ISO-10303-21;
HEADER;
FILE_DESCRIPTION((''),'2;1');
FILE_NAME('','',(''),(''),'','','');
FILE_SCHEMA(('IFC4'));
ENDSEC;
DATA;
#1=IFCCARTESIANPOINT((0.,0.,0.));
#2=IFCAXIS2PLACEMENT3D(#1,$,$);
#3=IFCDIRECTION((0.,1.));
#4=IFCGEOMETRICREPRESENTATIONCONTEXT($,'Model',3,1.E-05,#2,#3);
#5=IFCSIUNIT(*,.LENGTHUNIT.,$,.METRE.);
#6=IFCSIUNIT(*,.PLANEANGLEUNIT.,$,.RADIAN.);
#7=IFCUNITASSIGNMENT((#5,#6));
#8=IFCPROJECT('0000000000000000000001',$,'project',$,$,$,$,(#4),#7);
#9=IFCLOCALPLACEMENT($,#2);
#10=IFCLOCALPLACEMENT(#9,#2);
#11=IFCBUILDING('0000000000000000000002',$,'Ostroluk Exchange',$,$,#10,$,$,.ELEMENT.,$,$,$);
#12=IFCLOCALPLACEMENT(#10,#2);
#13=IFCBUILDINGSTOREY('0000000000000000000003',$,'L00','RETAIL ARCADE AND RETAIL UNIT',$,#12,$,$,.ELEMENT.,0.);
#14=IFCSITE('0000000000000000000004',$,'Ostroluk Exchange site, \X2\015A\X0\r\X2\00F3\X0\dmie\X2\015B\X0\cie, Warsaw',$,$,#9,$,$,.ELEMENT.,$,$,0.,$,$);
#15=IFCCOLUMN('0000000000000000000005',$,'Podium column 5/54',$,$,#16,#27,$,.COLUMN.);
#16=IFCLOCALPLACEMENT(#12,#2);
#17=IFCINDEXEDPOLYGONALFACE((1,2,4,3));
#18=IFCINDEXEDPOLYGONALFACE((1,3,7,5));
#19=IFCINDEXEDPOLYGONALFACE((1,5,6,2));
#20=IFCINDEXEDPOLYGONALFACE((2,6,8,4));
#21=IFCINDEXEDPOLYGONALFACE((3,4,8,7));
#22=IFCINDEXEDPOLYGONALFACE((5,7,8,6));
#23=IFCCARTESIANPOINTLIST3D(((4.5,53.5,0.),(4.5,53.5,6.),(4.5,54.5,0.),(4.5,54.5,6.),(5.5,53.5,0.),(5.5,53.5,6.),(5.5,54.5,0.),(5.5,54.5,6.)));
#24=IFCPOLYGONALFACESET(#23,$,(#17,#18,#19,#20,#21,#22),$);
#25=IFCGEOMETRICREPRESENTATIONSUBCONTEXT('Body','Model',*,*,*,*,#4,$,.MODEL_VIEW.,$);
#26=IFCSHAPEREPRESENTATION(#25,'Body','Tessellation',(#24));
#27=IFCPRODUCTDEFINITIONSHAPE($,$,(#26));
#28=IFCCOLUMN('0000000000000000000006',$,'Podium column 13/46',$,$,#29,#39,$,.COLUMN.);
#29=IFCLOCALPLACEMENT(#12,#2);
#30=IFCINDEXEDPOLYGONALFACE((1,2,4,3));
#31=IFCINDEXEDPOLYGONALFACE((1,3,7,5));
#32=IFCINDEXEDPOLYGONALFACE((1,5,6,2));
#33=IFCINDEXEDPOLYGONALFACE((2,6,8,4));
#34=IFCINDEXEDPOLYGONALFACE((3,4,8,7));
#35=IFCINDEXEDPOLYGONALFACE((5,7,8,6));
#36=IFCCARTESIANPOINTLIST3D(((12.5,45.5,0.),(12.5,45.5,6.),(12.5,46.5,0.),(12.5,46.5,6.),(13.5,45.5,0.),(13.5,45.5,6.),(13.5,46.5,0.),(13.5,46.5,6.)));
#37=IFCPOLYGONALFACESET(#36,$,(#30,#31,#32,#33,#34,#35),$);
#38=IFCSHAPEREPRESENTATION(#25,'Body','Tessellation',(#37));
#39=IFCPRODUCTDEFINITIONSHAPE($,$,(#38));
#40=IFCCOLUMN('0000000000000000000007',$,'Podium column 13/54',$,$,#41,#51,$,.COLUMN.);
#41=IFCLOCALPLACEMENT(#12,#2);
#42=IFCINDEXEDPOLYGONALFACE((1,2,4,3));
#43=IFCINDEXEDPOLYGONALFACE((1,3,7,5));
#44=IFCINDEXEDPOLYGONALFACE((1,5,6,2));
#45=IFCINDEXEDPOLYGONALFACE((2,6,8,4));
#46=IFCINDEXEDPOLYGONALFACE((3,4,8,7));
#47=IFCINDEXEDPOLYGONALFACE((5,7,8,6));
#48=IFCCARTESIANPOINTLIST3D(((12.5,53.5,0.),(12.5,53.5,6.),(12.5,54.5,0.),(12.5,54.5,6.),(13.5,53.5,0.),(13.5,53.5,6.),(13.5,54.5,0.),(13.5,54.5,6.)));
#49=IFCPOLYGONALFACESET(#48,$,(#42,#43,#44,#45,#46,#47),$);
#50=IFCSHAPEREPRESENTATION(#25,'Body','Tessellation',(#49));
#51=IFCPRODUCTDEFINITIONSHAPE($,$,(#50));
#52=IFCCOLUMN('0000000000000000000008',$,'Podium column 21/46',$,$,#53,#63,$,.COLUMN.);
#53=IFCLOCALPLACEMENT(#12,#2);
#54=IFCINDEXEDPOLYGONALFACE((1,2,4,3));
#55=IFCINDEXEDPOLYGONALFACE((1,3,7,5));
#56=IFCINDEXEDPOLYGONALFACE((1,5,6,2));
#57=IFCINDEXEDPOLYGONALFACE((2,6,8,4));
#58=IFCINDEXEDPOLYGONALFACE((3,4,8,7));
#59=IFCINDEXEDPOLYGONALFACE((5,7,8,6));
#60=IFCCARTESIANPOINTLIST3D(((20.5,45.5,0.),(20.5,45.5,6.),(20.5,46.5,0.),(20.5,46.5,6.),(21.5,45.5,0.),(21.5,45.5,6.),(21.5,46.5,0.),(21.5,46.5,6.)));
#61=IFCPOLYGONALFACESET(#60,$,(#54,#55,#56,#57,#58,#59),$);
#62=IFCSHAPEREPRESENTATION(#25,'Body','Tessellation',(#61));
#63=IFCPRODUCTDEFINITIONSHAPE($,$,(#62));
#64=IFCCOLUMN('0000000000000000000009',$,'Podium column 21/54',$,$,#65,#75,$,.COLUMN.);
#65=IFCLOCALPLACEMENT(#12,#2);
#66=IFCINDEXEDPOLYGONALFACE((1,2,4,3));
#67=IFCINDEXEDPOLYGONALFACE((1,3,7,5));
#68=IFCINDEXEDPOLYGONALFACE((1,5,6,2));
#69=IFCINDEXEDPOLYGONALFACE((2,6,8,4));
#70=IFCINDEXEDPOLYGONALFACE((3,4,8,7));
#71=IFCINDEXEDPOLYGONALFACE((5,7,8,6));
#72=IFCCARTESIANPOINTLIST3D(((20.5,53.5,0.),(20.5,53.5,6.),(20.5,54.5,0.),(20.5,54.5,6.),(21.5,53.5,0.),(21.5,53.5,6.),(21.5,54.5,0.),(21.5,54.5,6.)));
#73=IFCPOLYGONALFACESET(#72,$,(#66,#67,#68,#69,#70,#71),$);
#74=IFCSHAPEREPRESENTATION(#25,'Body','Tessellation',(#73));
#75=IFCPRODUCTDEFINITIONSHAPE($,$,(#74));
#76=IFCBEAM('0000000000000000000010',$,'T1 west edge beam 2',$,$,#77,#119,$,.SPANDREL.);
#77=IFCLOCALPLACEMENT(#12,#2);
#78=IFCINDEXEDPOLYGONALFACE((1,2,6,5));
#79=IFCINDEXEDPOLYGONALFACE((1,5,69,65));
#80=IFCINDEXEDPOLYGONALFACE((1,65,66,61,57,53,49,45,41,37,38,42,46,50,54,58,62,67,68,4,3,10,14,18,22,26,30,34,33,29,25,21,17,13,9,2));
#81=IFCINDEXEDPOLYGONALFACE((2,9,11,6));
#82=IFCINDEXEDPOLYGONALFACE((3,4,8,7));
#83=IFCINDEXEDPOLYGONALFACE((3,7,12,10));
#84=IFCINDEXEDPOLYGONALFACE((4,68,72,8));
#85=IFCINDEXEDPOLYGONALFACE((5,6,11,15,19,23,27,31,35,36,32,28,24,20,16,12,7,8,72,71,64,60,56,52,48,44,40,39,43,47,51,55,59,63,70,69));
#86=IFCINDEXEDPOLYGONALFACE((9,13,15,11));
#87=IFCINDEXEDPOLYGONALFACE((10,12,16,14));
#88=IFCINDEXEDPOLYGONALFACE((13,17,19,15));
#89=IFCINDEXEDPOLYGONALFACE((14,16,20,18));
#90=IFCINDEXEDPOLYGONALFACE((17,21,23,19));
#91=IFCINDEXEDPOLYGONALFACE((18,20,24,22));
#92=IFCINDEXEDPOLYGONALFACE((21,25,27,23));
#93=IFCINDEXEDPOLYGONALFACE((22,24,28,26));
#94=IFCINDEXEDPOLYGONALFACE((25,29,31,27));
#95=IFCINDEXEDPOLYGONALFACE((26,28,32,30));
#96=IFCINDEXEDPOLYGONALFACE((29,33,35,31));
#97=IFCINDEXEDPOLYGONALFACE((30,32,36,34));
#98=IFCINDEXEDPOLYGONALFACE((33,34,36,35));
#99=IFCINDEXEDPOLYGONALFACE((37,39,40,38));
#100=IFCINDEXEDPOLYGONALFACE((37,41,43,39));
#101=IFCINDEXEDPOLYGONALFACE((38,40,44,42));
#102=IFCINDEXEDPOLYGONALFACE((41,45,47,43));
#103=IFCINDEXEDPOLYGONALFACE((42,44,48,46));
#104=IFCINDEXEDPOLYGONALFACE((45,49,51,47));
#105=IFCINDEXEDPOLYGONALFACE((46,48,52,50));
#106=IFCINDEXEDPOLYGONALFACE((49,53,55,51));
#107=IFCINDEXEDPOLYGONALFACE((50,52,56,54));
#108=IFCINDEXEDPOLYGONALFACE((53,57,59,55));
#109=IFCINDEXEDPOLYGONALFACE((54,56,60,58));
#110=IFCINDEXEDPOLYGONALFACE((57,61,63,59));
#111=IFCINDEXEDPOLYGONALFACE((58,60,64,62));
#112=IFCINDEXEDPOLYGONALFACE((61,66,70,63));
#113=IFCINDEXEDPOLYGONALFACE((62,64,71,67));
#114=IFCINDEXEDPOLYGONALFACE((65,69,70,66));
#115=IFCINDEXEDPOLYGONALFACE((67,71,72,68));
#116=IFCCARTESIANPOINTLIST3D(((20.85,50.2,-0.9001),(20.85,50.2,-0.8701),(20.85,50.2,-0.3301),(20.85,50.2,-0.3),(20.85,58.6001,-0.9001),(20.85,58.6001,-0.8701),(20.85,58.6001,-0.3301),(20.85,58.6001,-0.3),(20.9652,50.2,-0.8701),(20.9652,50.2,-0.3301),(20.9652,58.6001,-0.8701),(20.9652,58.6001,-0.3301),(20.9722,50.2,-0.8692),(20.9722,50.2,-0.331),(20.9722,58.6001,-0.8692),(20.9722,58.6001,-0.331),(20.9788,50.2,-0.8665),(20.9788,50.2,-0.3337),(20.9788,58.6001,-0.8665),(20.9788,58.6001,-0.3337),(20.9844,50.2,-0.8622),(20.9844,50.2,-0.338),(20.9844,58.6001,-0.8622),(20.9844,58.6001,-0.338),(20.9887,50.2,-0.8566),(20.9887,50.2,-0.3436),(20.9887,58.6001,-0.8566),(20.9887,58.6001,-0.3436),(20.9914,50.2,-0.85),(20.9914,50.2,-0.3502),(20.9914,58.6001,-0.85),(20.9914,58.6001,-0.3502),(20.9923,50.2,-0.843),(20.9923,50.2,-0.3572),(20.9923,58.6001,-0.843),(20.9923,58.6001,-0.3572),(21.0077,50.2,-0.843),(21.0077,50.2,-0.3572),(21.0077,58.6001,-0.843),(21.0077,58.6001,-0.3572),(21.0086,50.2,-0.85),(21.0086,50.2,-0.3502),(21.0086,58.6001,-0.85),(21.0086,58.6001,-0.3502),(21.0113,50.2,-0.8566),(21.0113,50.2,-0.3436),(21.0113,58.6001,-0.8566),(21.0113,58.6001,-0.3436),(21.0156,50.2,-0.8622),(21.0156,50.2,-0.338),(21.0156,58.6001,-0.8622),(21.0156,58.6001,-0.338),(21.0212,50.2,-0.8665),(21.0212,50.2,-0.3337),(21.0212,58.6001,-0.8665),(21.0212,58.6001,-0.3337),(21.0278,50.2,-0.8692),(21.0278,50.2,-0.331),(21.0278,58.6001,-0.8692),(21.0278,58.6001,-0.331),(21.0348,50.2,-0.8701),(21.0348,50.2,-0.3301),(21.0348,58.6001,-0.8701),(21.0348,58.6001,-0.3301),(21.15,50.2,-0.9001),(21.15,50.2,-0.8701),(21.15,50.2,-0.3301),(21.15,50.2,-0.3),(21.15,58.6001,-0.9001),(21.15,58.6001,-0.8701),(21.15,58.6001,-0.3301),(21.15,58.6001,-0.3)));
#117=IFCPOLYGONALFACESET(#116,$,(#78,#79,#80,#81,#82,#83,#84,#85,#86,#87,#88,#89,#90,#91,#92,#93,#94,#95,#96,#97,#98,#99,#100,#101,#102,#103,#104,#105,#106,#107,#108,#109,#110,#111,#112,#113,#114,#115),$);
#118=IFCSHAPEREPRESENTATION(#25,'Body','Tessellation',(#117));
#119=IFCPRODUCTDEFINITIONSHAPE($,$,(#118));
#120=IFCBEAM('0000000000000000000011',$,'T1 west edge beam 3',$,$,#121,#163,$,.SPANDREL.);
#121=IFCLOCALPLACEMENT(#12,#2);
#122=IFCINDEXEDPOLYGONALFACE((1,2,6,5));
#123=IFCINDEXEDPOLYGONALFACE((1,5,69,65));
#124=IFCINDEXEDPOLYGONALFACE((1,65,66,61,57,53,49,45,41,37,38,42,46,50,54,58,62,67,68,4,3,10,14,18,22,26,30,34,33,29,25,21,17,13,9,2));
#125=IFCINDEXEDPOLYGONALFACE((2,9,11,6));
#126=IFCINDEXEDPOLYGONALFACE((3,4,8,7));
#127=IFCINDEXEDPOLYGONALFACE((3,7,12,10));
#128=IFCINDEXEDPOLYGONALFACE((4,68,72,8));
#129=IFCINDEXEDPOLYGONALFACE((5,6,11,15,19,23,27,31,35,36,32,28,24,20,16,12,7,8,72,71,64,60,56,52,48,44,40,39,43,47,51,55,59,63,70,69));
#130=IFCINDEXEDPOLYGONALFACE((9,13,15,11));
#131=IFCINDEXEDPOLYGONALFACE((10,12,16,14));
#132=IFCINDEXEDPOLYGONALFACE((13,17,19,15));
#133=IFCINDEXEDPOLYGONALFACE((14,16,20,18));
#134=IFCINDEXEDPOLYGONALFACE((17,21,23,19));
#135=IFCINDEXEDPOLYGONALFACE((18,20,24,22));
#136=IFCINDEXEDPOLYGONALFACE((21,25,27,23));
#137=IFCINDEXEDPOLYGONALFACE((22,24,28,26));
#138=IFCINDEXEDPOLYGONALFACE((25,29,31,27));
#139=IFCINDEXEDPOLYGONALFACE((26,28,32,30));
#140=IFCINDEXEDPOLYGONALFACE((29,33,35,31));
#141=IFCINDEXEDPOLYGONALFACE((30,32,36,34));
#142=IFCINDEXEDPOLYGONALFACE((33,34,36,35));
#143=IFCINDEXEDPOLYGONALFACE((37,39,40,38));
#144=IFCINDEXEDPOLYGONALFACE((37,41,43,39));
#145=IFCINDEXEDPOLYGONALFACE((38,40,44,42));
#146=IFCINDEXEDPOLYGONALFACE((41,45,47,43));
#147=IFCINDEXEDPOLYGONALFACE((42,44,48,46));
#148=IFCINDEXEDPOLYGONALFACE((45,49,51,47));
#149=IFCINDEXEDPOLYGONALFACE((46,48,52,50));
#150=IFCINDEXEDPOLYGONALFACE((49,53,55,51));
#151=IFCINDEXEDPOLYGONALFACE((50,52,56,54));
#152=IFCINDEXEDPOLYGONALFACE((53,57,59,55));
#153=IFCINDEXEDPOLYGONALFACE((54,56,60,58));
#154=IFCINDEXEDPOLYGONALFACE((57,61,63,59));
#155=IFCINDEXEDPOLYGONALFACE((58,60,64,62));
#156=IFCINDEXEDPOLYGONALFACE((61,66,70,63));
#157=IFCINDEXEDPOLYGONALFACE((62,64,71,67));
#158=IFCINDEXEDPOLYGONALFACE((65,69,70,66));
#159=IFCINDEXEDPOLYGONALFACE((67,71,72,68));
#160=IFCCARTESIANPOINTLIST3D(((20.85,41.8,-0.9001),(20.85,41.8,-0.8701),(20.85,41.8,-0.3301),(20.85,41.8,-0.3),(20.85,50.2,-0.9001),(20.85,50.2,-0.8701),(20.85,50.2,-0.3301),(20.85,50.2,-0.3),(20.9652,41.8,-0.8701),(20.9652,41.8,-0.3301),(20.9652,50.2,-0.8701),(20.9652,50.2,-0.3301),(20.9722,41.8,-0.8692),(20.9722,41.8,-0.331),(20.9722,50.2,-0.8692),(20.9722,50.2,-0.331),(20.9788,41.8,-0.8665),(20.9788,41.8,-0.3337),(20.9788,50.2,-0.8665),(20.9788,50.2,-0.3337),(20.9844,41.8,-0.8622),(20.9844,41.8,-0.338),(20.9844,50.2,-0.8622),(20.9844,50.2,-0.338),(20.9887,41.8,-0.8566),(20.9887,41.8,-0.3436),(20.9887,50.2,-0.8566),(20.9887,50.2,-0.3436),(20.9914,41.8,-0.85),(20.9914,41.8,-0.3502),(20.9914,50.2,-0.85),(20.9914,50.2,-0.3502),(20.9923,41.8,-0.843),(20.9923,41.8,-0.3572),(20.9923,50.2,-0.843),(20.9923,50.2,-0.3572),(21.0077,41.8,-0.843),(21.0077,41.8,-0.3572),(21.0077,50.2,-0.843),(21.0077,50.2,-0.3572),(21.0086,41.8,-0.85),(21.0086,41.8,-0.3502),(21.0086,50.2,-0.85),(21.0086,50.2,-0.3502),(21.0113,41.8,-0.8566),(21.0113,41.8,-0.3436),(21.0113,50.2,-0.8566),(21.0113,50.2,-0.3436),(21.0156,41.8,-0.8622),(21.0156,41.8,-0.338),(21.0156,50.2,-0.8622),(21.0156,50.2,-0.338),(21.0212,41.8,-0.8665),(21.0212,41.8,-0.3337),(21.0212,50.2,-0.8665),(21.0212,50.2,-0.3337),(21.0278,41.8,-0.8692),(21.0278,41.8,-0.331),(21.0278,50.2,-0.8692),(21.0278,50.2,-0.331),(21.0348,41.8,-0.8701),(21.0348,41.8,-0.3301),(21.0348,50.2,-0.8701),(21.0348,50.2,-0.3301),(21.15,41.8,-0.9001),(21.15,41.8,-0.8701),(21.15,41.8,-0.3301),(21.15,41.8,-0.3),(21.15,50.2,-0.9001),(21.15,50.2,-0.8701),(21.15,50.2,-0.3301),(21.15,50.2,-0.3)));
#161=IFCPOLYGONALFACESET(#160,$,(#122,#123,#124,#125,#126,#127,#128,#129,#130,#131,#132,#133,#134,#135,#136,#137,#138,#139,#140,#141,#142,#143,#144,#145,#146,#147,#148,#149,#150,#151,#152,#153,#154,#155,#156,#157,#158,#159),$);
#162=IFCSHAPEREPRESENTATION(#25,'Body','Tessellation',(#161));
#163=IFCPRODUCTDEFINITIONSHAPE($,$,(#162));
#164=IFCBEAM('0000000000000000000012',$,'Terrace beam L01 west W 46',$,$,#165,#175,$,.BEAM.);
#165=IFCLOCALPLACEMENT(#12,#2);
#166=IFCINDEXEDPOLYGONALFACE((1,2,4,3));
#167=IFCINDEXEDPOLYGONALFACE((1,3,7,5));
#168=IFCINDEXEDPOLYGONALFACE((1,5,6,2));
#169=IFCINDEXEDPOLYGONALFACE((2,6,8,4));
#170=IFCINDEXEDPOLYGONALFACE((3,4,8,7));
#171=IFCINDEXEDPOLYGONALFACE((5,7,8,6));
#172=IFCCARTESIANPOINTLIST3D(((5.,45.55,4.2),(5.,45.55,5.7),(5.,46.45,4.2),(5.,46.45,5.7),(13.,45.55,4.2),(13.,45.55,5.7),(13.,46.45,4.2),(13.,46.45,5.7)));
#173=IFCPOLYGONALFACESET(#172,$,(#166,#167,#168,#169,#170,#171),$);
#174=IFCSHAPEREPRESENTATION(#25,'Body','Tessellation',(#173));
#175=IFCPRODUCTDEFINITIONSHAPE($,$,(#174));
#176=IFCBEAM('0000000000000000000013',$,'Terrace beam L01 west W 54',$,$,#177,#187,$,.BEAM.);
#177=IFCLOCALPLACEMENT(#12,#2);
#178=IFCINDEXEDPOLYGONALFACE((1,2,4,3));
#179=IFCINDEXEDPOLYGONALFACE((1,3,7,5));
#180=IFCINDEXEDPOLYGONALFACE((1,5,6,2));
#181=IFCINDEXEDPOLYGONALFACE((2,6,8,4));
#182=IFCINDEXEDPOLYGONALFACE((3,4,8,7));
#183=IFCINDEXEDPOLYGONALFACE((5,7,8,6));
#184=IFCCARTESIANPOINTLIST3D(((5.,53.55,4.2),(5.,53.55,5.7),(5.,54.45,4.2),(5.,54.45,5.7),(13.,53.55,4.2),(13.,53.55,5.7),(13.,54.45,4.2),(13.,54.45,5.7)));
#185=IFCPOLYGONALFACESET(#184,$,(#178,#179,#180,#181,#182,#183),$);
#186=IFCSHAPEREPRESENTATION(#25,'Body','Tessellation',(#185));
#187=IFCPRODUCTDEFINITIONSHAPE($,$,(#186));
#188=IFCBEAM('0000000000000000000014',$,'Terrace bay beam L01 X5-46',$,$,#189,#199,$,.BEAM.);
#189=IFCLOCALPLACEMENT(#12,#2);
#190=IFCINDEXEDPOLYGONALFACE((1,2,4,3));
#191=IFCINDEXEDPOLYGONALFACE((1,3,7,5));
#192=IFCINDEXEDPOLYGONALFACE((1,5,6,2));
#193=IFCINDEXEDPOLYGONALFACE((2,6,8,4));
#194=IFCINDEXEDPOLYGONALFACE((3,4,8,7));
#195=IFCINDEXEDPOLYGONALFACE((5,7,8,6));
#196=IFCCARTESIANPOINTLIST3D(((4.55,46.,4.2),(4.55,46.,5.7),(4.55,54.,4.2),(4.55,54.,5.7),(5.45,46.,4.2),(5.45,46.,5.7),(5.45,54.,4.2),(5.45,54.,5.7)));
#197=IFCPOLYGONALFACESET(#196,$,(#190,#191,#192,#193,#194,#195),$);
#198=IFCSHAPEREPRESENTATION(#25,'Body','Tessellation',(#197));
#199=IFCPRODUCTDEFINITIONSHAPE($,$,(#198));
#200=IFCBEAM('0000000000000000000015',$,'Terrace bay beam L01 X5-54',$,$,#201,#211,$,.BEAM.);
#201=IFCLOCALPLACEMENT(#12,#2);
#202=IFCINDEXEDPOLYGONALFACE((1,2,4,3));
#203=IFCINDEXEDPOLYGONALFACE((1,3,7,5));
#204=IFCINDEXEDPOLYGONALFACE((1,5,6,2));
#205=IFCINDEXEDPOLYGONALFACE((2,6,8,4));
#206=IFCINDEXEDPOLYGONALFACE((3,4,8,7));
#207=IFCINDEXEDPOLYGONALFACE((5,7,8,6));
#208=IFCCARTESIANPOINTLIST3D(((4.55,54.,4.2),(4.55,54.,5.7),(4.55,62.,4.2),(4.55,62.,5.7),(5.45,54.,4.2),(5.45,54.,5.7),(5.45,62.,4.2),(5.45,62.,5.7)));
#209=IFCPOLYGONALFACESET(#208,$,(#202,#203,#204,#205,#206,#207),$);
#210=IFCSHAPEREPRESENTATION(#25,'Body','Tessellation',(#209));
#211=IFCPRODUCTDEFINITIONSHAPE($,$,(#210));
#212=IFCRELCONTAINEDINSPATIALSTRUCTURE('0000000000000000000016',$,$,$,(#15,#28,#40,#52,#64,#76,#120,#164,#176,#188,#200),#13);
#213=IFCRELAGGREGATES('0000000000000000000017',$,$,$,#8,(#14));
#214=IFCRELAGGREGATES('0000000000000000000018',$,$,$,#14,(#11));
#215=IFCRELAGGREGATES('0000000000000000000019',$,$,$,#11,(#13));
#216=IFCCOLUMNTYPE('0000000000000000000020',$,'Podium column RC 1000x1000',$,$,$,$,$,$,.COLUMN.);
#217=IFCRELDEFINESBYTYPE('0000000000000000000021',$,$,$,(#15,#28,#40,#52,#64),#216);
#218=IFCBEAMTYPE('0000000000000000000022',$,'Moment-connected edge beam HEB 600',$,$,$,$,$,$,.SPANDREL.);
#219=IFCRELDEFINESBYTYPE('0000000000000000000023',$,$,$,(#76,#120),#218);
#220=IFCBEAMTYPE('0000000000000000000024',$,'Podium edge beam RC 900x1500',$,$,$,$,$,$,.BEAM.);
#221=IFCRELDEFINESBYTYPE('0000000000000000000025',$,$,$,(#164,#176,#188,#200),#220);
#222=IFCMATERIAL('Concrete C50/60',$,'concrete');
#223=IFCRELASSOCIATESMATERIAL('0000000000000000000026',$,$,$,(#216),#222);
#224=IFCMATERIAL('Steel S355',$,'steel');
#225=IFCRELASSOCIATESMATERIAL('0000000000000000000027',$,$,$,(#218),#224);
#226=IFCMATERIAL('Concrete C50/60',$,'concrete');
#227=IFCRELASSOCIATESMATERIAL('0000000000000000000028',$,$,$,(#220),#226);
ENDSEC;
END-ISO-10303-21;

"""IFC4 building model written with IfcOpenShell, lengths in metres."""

from ifc_helpers import new_model, si_unit, direction, frame, origin, origin_2d, place, context, subcontext, project, spatial, rectangle, i_section, extrude, material, material_profile, profile_set, type_object, element, save


model = new_model("IFC4")

# Units and contexts
model_context = context("Model", 3, precision=1e-05, world=origin(), true_north=direction((0.0, 1.0)))
body_context = subcontext(model_context, "Body", "Model", "MODEL_VIEW")
ifc_project = project(units=[si_unit("LENGTHUNIT", "METRE"), si_unit("PLANEANGLEUNIT", "RADIAN")], contexts=[model_context])

# Site, building, storey
site_placement = place(None, origin())
site = spatial("IfcSite", under=ifc_project, at=site_placement, Name="Ostroluk Exchange site, Śródmieście, Warsaw", CompositionType="ELEMENT", RefElevation=0.0)
building_placement = place(site_placement, origin())
building = spatial("IfcBuilding", under=site, at=building_placement, Name="Ostroluk Exchange", CompositionType="ELEMENT")
storey_placement = place(building_placement, origin())
storey = spatial("IfcBuildingStorey", under=building, at=storey_placement, Name="L00", Description="RETAIL ARCADE AND RETAIL UNIT", CompositionType="ELEMENT", Elevation=0.0)

# Columns
ifc_material_1 = material(Name="Concrete C50/60", Category="concrete")
ifc_material_profile_1 = material_profile(ifc_material_1, rectangle(XDim=1.0, YDim=1.0, at=origin_2d()), Name="RC 1000x1000")
ifc_profile_set_1 = profile_set([ifc_material_profile_1], Name="Concrete C50/60")
column_type_1 = type_object("IfcColumnType", Name="Podium column RC 1000x1000", PredefinedType="COLUMN", material=ifc_profile_set_1)
for number, where, z_axis, x_axis, name in (
    (1, (5.0, 54.0, 0.0), (0.0, 0.0, 1.0), (1.0, 0.0, 0.0), "Podium column 5/54"),
    (2, (13.0, 46.0, 0.0), (0.0, 0.0, 1.0), (1.0, 0.0, 0.0), "Podium column 13/46"),
    (3, (13.0, 54.0, 0.0), (0.0, 0.0, 1.0), (1.0, 0.0, 0.0), "Podium column 13/54"),
    (4, (21.0, 46.0, 0.0), (0.0, 0.0, 1.0), (1.0, 0.0, 0.0), "Podium column 21/46"),
    (5, (21.0, 54.0, 0.0), (0.0, 0.0, 1.0), (1.0, 0.0, 0.0), "Podium column 21/54"),
):
    element("IfcColumn", number, at=place(storey_placement, frame(where, z_axis=z_axis, x_axis=x_axis)), inside=storey, type_object=column_type_1, Name=name, PredefinedType="COLUMN", context=body_context, shape_type="SweptSolid", body=[
        extrude(rectangle(XDim=1.0, YDim=1.0, at=origin_2d()), origin(), (0.0, 0.0, 1.0), 6.0),
    ])

# Beams
ifc_material_2 = material(Name="Steel S355", Category="steel")
ifc_material_profile_2 = material_profile(ifc_material_2, i_section(OverallWidth=0.3, OverallDepth=0.6001, WebThickness=0.0154, FlangeThickness=0.03, FilletRadius=0.0271, at=origin_2d()), Name="HEB 600")
ifc_profile_set_2 = profile_set([ifc_material_profile_2], Name="Steel S355")
beam_type_1 = type_object("IfcBeamType", Name="Moment-connected edge beam HEB 600", PredefinedType="SPANDREL", material=ifc_profile_set_2)
beam_1_placement = place(storey_placement, frame((21.0, 58.6001, -0.6001), z_axis=(0.0, -1.0, 0.0), x_axis=(1.0, 0.0, 0.0)))
element("IfcBeam", 6, at=beam_1_placement, inside=storey, type_object=beam_type_1, Name="T1 west edge beam 2", PredefinedType="SPANDREL", context=body_context, shape_type="SweptSolid", body=[
    extrude(i_section(OverallWidth=0.3, OverallDepth=0.6001, WebThickness=0.0154, FlangeThickness=0.03, FilletRadius=0.0271, at=origin_2d()), origin(), (0.0, 0.0, 1.0), 8.4001),
])
beam_2_placement = place(storey_placement, frame((21.0, 50.2, -0.6001), z_axis=(0.0, -1.0, 0.0), x_axis=(1.0, 0.0, 0.0)))
element("IfcBeam", 7, at=beam_2_placement, inside=storey, type_object=beam_type_1, Name="T1 west edge beam 3", PredefinedType="SPANDREL", context=body_context, shape_type="SweptSolid", body=[
    extrude(i_section(OverallWidth=0.3, OverallDepth=0.6001, WebThickness=0.0154, FlangeThickness=0.03, FilletRadius=0.0271, at=origin_2d()), origin(), (0.0, 0.0, 1.0), 8.3999),
])
ifc_material_3 = material(Name="Concrete C50/60", Category="concrete")
ifc_material_profile_3 = material_profile(ifc_material_3, rectangle(XDim=0.8999, YDim=1.5, at=origin_2d()), Name="RC 900x1500")
ifc_profile_set_3 = profile_set([ifc_material_profile_3], Name="Concrete C50/60")
beam_type_2 = type_object("IfcBeamType", Name="Podium edge beam RC 900x1500", PredefinedType="BEAM", material=ifc_profile_set_3)
for number, where, z_axis, x_axis, name in (
    (8, (5.0, 46.0, 4.95), (1.0, 0.0, 0.0), (0.0, 1.0, 0.0), "Terrace beam L01 west W 46"),
    (9, (5.0, 54.0, 4.95), (1.0, 0.0, 0.0), (0.0, 1.0, 0.0), "Terrace beam L01 west W 54"),
    (10, (5.0, 46.0, 4.95), (0.0, 1.0, 0.0), (-1.0, 0.0, 0.0), "Terrace bay beam L01 X5-46"),
    (11, (5.0, 54.0, 4.95), (0.0, 1.0, 0.0), (-1.0, 0.0, 0.0), "Terrace bay beam L01 X5-54"),
):
    element("IfcBeam", number, at=place(storey_placement, frame(where, z_axis=z_axis, x_axis=x_axis)), inside=storey, type_object=beam_type_2, Name=name, PredefinedType="BEAM", context=body_context, shape_type="SweptSolid", body=[
        extrude(rectangle(XDim=0.8999, YDim=1.5, at=origin_2d()), origin(), (0.0, 0.0, 1.0), 8.0),
    ])

save(model, "model.ifc")
